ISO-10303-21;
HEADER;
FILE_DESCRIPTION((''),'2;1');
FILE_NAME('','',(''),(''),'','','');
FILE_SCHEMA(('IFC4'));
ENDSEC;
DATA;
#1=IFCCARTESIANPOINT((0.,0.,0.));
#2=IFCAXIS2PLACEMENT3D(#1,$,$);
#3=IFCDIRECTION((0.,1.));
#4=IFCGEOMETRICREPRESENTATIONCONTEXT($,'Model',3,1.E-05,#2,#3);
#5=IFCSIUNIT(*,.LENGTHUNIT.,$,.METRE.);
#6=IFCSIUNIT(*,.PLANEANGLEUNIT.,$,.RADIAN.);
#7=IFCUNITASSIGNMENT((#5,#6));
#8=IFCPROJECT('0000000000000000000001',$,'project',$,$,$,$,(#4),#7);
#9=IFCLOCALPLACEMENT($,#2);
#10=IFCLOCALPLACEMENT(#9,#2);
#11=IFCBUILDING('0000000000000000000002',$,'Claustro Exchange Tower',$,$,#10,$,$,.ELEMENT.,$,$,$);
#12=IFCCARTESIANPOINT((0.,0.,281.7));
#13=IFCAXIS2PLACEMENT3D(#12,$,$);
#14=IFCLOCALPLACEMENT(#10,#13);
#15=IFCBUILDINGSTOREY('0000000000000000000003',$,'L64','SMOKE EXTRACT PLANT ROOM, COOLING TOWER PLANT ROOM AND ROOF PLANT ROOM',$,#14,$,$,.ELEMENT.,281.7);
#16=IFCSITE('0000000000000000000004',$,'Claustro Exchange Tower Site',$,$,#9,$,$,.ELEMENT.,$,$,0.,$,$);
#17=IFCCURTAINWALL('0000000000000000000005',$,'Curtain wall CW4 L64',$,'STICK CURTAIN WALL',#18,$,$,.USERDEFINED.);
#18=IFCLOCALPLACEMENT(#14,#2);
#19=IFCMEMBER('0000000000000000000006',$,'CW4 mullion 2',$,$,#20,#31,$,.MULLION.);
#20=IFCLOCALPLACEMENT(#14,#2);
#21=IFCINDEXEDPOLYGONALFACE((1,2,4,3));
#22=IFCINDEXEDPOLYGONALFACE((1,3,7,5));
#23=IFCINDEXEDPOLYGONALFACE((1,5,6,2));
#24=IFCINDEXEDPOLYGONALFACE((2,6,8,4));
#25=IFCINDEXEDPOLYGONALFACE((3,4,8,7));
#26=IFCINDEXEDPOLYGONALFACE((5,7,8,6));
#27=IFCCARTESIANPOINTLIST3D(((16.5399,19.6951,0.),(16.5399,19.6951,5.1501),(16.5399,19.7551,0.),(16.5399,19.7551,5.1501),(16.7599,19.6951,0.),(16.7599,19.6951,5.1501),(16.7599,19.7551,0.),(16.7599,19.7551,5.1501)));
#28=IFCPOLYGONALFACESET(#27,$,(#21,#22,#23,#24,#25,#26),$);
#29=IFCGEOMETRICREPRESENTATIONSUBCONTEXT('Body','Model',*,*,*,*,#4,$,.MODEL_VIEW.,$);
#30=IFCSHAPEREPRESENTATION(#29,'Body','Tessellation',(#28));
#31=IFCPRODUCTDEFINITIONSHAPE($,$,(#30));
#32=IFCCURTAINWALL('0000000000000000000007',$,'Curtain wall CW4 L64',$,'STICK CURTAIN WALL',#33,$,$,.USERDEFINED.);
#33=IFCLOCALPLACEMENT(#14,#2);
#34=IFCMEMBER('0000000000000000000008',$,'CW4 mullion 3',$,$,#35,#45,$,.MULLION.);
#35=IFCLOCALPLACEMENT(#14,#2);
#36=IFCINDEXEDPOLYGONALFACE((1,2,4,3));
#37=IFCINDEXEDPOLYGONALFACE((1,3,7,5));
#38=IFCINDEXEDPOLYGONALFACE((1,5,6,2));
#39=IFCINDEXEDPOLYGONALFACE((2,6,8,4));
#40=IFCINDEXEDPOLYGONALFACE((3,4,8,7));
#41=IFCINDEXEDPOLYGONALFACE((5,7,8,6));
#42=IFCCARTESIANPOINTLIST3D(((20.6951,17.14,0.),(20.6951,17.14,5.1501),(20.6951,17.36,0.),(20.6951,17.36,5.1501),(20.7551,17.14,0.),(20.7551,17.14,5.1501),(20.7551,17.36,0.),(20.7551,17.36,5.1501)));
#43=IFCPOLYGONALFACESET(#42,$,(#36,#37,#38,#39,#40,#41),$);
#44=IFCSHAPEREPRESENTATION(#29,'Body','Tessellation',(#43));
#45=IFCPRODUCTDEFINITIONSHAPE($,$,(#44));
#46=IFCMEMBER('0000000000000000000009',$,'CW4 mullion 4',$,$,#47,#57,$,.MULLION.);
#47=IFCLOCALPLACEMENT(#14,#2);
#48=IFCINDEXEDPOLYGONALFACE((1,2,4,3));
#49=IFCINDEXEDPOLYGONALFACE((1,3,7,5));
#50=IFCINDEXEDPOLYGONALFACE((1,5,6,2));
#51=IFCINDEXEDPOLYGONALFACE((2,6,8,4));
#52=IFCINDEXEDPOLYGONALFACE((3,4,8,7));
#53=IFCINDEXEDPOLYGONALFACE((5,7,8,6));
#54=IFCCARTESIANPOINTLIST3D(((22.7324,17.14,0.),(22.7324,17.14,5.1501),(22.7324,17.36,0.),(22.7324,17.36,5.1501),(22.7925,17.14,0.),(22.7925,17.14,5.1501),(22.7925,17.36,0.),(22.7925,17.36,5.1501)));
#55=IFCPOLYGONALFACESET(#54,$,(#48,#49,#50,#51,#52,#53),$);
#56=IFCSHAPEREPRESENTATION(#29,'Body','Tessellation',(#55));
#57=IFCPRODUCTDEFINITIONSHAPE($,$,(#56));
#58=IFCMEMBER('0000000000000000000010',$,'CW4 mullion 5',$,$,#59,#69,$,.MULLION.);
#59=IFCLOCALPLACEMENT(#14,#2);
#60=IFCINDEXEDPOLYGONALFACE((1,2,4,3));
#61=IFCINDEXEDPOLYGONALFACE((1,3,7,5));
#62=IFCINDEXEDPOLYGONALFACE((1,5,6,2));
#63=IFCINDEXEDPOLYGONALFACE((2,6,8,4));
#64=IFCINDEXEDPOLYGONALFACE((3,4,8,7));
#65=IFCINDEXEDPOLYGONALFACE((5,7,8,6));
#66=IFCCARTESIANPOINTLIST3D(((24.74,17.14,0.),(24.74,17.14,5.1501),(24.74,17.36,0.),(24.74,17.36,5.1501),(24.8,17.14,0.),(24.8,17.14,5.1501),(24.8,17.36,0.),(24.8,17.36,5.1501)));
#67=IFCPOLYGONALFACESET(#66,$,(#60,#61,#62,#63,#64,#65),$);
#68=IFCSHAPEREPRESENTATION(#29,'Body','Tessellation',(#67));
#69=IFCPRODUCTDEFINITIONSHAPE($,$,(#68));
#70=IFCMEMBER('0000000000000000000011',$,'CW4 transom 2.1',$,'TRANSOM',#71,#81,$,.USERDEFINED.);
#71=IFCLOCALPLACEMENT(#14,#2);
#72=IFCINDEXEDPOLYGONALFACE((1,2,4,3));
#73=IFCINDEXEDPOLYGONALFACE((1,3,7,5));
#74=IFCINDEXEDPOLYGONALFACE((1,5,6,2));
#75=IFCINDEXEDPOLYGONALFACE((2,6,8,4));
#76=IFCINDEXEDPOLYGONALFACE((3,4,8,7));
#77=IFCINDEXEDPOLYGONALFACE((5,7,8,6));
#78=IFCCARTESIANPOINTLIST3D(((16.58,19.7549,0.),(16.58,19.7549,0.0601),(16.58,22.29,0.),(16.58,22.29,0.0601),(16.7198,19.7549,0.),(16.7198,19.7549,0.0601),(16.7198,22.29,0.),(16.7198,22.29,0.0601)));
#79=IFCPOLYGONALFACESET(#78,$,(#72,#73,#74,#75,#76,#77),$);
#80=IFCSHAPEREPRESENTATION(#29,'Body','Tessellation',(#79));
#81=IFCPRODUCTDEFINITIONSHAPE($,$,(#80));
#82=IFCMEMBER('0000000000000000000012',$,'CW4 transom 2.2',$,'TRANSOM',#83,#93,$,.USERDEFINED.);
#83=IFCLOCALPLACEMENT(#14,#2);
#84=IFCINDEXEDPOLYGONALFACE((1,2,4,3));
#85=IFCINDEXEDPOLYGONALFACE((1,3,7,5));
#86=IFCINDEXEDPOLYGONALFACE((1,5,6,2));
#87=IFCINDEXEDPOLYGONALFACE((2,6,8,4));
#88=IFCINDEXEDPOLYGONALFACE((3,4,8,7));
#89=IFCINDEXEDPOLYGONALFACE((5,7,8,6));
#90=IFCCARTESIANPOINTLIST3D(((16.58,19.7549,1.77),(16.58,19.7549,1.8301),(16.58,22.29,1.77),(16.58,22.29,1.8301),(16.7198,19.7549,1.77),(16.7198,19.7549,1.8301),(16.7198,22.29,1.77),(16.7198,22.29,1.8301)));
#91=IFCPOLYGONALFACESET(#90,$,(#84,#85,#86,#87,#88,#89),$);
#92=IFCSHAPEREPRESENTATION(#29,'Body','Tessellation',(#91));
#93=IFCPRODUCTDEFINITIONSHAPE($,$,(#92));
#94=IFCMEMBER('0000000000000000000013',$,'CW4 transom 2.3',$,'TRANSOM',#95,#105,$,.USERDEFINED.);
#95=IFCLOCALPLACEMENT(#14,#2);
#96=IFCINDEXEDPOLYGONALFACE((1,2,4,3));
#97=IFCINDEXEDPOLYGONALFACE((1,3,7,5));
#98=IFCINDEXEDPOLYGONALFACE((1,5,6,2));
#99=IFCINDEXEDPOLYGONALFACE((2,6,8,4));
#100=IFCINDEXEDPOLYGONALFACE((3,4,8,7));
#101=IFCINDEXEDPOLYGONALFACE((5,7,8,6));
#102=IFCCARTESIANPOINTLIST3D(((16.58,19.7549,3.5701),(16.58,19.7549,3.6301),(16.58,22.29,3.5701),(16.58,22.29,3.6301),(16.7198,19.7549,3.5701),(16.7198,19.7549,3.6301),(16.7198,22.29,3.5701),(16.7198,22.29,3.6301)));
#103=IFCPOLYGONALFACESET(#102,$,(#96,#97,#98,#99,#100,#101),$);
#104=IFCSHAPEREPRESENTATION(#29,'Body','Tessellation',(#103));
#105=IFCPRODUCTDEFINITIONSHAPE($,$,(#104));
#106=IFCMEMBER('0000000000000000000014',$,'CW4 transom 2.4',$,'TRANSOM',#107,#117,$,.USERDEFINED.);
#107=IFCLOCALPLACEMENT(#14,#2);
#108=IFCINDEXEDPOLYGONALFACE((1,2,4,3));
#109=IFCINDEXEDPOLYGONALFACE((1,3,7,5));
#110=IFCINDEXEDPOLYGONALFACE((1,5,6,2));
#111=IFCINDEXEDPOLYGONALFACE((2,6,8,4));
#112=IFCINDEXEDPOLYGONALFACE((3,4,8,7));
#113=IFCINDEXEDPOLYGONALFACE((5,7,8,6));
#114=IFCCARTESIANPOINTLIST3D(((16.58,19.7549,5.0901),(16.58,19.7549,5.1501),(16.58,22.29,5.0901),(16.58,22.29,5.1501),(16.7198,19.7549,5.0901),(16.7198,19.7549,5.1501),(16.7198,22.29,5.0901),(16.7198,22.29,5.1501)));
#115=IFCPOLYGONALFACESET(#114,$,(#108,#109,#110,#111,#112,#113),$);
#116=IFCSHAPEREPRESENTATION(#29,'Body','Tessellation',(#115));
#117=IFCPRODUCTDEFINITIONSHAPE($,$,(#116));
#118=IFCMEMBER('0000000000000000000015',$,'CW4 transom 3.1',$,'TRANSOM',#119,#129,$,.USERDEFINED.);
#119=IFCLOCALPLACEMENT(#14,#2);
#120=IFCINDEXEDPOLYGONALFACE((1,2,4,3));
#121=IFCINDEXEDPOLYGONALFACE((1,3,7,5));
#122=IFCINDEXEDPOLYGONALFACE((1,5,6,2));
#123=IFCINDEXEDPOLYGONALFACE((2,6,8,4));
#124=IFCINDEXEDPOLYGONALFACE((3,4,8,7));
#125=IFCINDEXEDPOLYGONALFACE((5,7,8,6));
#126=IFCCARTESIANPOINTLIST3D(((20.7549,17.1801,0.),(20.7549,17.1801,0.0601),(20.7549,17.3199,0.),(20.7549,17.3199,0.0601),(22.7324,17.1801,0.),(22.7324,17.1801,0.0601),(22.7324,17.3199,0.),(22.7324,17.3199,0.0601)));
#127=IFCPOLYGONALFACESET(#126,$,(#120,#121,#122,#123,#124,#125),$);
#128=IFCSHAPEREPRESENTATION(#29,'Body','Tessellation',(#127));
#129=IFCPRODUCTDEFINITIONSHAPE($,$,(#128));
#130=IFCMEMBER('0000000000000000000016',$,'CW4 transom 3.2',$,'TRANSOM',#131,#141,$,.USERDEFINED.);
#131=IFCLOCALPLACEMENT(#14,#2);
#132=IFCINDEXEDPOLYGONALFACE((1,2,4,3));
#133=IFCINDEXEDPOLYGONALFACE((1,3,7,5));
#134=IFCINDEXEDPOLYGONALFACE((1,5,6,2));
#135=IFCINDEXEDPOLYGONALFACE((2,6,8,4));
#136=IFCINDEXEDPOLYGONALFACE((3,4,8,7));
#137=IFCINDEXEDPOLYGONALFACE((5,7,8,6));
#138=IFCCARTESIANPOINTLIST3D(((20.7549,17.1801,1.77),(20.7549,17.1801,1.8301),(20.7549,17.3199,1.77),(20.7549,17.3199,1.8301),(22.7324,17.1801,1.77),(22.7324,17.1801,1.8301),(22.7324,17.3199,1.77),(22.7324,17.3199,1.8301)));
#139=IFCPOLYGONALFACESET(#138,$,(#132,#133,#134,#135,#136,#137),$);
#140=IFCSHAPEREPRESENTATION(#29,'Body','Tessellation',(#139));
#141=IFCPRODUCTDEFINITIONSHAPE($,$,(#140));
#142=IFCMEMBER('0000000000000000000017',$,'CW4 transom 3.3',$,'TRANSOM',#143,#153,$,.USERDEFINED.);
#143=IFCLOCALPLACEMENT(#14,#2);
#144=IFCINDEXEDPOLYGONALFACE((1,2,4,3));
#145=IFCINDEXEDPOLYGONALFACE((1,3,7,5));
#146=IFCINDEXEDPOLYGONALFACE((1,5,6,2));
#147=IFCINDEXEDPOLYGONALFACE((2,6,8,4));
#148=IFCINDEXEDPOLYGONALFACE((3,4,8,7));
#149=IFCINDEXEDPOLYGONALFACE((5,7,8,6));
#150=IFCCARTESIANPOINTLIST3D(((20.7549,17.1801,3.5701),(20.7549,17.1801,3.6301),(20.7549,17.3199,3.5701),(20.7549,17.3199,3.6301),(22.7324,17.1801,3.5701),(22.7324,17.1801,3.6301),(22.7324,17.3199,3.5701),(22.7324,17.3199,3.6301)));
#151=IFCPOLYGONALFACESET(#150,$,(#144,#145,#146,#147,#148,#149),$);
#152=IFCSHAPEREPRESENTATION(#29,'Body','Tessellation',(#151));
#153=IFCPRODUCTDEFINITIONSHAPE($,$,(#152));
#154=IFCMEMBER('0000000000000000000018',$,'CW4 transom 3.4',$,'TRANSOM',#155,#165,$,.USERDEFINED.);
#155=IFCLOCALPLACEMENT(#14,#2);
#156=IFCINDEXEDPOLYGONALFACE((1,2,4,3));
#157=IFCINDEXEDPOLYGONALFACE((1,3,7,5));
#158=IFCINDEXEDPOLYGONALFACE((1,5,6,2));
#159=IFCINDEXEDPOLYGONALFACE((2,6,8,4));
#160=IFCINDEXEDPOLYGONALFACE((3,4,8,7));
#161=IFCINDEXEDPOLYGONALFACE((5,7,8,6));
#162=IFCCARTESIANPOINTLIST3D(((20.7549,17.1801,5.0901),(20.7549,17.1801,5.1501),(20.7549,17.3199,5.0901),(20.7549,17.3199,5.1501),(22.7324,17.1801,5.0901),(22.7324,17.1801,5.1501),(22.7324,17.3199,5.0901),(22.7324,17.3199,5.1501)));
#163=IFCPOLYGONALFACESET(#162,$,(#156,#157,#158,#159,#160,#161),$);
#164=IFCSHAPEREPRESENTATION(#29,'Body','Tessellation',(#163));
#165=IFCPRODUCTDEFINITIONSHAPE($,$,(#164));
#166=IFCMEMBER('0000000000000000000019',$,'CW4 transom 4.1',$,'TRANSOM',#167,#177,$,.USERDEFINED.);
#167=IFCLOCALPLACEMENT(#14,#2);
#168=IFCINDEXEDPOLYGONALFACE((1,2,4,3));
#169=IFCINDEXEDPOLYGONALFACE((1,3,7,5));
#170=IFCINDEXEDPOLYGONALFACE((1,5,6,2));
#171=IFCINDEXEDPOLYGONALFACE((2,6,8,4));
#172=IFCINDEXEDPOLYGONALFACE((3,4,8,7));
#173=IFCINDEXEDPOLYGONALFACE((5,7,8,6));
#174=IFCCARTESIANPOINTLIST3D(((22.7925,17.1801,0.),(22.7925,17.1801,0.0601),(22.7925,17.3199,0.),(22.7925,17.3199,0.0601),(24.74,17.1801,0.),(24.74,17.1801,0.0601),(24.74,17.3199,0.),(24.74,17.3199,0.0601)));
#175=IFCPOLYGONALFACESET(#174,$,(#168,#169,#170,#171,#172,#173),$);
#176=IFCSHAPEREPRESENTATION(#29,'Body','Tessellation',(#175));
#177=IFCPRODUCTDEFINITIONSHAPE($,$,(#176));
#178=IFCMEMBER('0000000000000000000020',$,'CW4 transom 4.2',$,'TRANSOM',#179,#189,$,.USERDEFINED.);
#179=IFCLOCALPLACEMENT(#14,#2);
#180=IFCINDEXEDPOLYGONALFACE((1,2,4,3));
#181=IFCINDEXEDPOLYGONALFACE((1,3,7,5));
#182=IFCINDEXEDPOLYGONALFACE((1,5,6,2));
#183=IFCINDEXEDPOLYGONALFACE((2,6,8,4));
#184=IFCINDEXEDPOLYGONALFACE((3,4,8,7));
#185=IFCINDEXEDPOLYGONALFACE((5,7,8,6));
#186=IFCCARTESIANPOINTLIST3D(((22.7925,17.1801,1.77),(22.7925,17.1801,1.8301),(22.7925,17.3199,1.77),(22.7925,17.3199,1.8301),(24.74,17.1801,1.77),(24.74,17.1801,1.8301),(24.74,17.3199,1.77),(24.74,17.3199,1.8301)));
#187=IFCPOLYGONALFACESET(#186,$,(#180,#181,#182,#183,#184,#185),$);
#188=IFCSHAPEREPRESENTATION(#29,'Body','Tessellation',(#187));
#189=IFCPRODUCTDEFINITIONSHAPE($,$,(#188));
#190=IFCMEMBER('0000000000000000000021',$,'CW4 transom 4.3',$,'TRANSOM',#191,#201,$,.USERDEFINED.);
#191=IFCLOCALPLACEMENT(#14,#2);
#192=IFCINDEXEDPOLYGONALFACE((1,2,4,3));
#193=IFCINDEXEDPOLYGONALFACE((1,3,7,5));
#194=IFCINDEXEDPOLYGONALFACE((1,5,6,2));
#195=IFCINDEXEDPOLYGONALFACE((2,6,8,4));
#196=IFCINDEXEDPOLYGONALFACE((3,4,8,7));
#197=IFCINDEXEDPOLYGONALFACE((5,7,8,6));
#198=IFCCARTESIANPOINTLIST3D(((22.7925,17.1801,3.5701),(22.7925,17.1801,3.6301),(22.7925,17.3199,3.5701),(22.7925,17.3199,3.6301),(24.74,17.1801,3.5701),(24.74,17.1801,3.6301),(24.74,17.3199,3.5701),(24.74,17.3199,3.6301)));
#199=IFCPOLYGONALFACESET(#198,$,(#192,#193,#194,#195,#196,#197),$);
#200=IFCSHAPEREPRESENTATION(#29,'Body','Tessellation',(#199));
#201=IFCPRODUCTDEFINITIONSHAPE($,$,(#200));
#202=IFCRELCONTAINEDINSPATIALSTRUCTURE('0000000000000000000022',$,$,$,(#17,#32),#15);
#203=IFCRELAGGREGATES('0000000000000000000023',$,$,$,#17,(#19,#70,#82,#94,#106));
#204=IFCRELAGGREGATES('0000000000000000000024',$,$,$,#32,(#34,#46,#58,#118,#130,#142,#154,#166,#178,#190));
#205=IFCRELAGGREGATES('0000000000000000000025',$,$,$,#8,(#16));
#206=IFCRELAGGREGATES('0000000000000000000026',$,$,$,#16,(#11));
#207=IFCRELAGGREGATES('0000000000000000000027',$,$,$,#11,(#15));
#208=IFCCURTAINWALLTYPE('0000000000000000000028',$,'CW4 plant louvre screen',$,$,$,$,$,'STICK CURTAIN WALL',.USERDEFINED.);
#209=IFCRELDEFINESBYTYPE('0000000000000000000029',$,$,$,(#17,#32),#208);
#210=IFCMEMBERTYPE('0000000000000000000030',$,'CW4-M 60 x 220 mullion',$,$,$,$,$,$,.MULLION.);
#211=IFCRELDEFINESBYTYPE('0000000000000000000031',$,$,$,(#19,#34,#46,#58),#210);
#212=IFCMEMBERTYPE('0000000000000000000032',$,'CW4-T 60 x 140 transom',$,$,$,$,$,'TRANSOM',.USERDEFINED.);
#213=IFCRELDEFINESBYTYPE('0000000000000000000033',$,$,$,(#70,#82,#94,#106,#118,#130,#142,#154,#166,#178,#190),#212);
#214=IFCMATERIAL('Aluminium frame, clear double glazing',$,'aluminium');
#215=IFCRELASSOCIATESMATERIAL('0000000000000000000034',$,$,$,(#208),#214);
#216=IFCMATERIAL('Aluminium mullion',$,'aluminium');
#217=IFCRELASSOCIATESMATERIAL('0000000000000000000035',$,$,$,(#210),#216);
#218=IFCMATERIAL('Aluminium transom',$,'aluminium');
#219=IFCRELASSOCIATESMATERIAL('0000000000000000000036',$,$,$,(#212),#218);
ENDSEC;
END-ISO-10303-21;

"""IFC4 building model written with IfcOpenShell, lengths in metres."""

from ifc_helpers import new_model, si_unit, direction, frame, origin, origin_2d, place, context, subcontext, project, spatial, rectangle, extrude, material, material_profile, profile_set, type_object, element, aggregate, save


model = new_model("IFC4")

# Units and contexts
model_context = context("Model", 3, precision=1e-05, world=origin(), true_north=direction((0.0, 1.0)))
body_context = subcontext(model_context, "Body", "Model", "MODEL_VIEW")
ifc_project = project(units=[si_unit("LENGTHUNIT", "METRE"), si_unit("PLANEANGLEUNIT", "RADIAN")], contexts=[model_context])

# Site, building, storey
site_placement = place(None, origin())
site = spatial("IfcSite", under=ifc_project, at=site_placement, Name="Claustro Exchange Tower Site", CompositionType="ELEMENT", RefElevation=0.0)
building_placement = place(site_placement, origin())
building = spatial("IfcBuilding", under=site, at=building_placement, Name="Claustro Exchange Tower", CompositionType="ELEMENT")
storey_placement = place(building_placement, frame((0.0, 0.0, 281.7)))
storey = spatial("IfcBuildingStorey", under=building, at=storey_placement, Name="L64", Description="SMOKE EXTRACT PLANT ROOM, COOLING TOWER PLANT ROOM AND ROOF PLANT ROOM", CompositionType="ELEMENT", Elevation=281.7)

# Curtain wall, member
ifc_material_1 = material(Name="Aluminium frame, clear double glazing", Category="aluminium")
curtain_wall_type = type_object("IfcCurtainWallType", Name="CW4 plant louvre screen", ElementType="STICK CURTAIN WALL", PredefinedType="USERDEFINED", material=ifc_material_1)
curtain_wall_1_placement = place(storey_placement, origin())
curtain_wall_1 = element("IfcCurtainWall", 1, at=curtain_wall_1_placement, inside=storey, type_object=curtain_wall_type, Name="Curtain wall CW4 L64", ObjectType="STICK CURTAIN WALL", PredefinedType="USERDEFINED")
ifc_material_2 = material(Name="Aluminium mullion", Category="aluminium")
ifc_material_profile_1 = material_profile(ifc_material_2, rectangle(XDim=0.22, YDim=0.0601, at=origin_2d()), Name="CW4-M 60x220")
ifc_profile_set_1 = profile_set([ifc_material_profile_1], Name="Aluminium mullion")
member_type_1 = type_object("IfcMemberType", Name="CW4-M 60 x 220 mullion", PredefinedType="MULLION", material=ifc_profile_set_1)
member_1_placement = place(storey_placement, frame((16.6499, 19.7251, 0.0), z_axis=(0.0, 0.0, 1.0), x_axis=(-1.0, 0.0, 0.0)))
member_1 = element("IfcMember", 2, at=member_1_placement, type_object=member_type_1, Name="CW4 mullion 2", PredefinedType="MULLION", context=body_context, shape_type="SweptSolid", body=[
    extrude(rectangle(XDim=0.22, YDim=0.0601, at=origin_2d()), origin(), (0.0, 0.0, 1.0), 5.1501),
])

# Curtain wall, members
curtain_wall_2_placement = place(storey_placement, origin())
curtain_wall_2 = element("IfcCurtainWall", 3, at=curtain_wall_2_placement, inside=storey, type_object=curtain_wall_type, Name="Curtain wall CW4 L64", ObjectType="STICK CURTAIN WALL", PredefinedType="USERDEFINED")
member_2_placement = place(storey_placement, frame((20.7251, 17.25, 0.0), z_axis=(0.0, 0.0, 1.0), x_axis=(0.0, 1.0, 0.0)))
member_2 = element("IfcMember", 4, at=member_2_placement, type_object=member_type_1, Name="CW4 mullion 3", PredefinedType="MULLION", context=body_context, shape_type="SweptSolid", body=[
    extrude(rectangle(XDim=0.22, YDim=0.0601, at=origin_2d()), origin(), (0.0, 0.0, 1.0), 5.1501),
])
member_3_placement = place(storey_placement, frame((22.7625, 17.25, 0.0), z_axis=(0.0, 0.0, 1.0), x_axis=(0.0, 1.0, 0.0)))
member_3 = element("IfcMember", 5, at=member_3_placement, type_object=member_type_1, Name="CW4 mullion 4", PredefinedType="MULLION", context=body_context, shape_type="SweptSolid", body=[
    extrude(rectangle(XDim=0.22, YDim=0.0601, at=origin_2d()), origin(), (0.0, 0.0, 1.0), 5.1501),
])
member_4_placement = place(storey_placement, frame((24.77, 17.25, 0.0), z_axis=(0.0, 0.0, 1.0), x_axis=(0.0, 1.0, 0.0)))
member_4 = element("IfcMember", 6, at=member_4_placement, type_object=member_type_1, Name="CW4 mullion 5", PredefinedType="MULLION", context=body_context, shape_type="SweptSolid", body=[
    extrude(rectangle(XDim=0.22, YDim=0.0601, at=origin_2d()), origin(), (0.0, 0.0, 1.0), 5.1501),
])

# Members
ifc_material_3 = material(Name="Aluminium transom", Category="aluminium")
ifc_material_profile_2 = material_profile(ifc_material_3, rectangle(XDim=0.1399, YDim=0.0601, at=origin_2d()), Name="CW4-T 60x140")
ifc_profile_set_2 = profile_set([ifc_material_profile_2], Name="Aluminium transom")
member_type_2 = type_object("IfcMemberType", Name="CW4-T 60 x 140 transom", ElementType="TRANSOM", PredefinedType="USERDEFINED", material=ifc_profile_set_2)
member_5_placement = place(storey_placement, frame((16.6499, 19.7549, 0.03), z_axis=(0.0, 1.0, 0.0), x_axis=(-1.0, 0.0, 0.0)))
member_5 = element("IfcMember", 7, at=member_5_placement, type_object=member_type_2, Name="CW4 transom 2.1", ObjectType="TRANSOM", PredefinedType="USERDEFINED", context=body_context, shape_type="SweptSolid", body=[
    extrude(rectangle(XDim=0.1399, YDim=0.0601, at=origin_2d()), origin(), (0.0, 0.0, 1.0), 2.5352),
])
member_6_placement = place(storey_placement, frame((16.6499, 19.7549, 1.8), z_axis=(0.0, 1.0, 0.0), x_axis=(-1.0, 0.0, 0.0)))
member_6 = element("IfcMember", 8, at=member_6_placement, type_object=member_type_2, Name="CW4 transom 2.2", ObjectType="TRANSOM", PredefinedType="USERDEFINED", context=body_context, shape_type="SweptSolid", body=[
    extrude(rectangle(XDim=0.1399, YDim=0.0601, at=origin_2d()), origin(), (0.0, 0.0, 1.0), 2.5352),
])
member_7_placement = place(storey_placement, frame((16.6499, 19.7549, 3.6001), z_axis=(0.0, 1.0, 0.0), x_axis=(-1.0, 0.0, 0.0)))
member_7 = element("IfcMember", 9, at=member_7_placement, type_object=member_type_2, Name="CW4 transom 2.3", ObjectType="TRANSOM", PredefinedType="USERDEFINED", context=body_context, shape_type="SweptSolid", body=[
    extrude(rectangle(XDim=0.1399, YDim=0.0601, at=origin_2d()), origin(), (0.0, 0.0, 1.0), 2.5352),
])
member_8_placement = place(storey_placement, frame((16.6499, 19.7549, 5.1201), z_axis=(0.0, 1.0, 0.0), x_axis=(-1.0, 0.0, 0.0)))
member_8 = element("IfcMember", 10, at=member_8_placement, type_object=member_type_2, Name="CW4 transom 2.4", ObjectType="TRANSOM", PredefinedType="USERDEFINED", context=body_context, shape_type="SweptSolid", body=[
    extrude(rectangle(XDim=0.1399, YDim=0.0601, at=origin_2d()), origin(), (0.0, 0.0, 1.0), 2.5352),
])
member_9_placement = place(storey_placement, frame((20.7549, 17.25, 0.03), z_axis=(1.0, 0.0, 0.0), x_axis=(0.0, 1.0, 0.0)))
member_9 = element("IfcMember", 11, at=member_9_placement, type_object=member_type_2, Name="CW4 transom 3.1", ObjectType="TRANSOM", PredefinedType="USERDEFINED", context=body_context, shape_type="SweptSolid", body=[
    extrude(rectangle(XDim=0.1399, YDim=0.0601, at=origin_2d()), origin(), (0.0, 0.0, 1.0), 1.9775),
])
member_10_placement = place(storey_placement, frame((20.7549, 17.25, 1.8), z_axis=(1.0, 0.0, 0.0), x_axis=(0.0, 1.0, 0.0)))
member_10 = element("IfcMember", 12, at=member_10_placement, type_object=member_type_2, Name="CW4 transom 3.2", ObjectType="TRANSOM", PredefinedType="USERDEFINED", context=body_context, shape_type="SweptSolid", body=[
    extrude(rectangle(XDim=0.1399, YDim=0.0601, at=origin_2d()), origin(), (0.0, 0.0, 1.0), 1.9775),
])
member_11_placement = place(storey_placement, frame((20.7549, 17.25, 3.6001), z_axis=(1.0, 0.0, 0.0), x_axis=(0.0, 1.0, 0.0)))
member_11 = element("IfcMember", 13, at=member_11_placement, type_object=member_type_2, Name="CW4 transom 3.3", ObjectType="TRANSOM", PredefinedType="USERDEFINED", context=body_context, shape_type="SweptSolid", body=[
    extrude(rectangle(XDim=0.1399, YDim=0.0601, at=origin_2d()), origin(), (0.0, 0.0, 1.0), 1.9775),
])
member_12_placement = place(storey_placement, frame((20.7549, 17.25, 5.1201), z_axis=(1.0, 0.0, 0.0), x_axis=(0.0, 1.0, 0.0)))
member_12 = element("IfcMember", 14, at=member_12_placement, type_object=member_type_2, Name="CW4 transom 3.4", ObjectType="TRANSOM", PredefinedType="USERDEFINED", context=body_context, shape_type="SweptSolid", body=[
    extrude(rectangle(XDim=0.1399, YDim=0.0601, at=origin_2d()), origin(), (0.0, 0.0, 1.0), 1.9775),
])
member_13_placement = place(storey_placement, frame((22.7925, 17.25, 0.03), z_axis=(1.0, 0.0, 0.0), x_axis=(0.0, 1.0, 0.0)))
member_13 = element("IfcMember", 15, at=member_13_placement, type_object=member_type_2, Name="CW4 transom 4.1", ObjectType="TRANSOM", PredefinedType="USERDEFINED", context=body_context, shape_type="SweptSolid", body=[
    extrude(rectangle(XDim=0.1399, YDim=0.0601, at=origin_2d()), origin(), (0.0, 0.0, 1.0), 1.9475),
])
member_14_placement = place(storey_placement, frame((22.7925, 17.25, 1.8), z_axis=(1.0, 0.0, 0.0), x_axis=(0.0, 1.0, 0.0)))
member_14 = element("IfcMember", 16, at=member_14_placement, type_object=member_type_2, Name="CW4 transom 4.2", ObjectType="TRANSOM", PredefinedType="USERDEFINED", context=body_context, shape_type="SweptSolid", body=[
    extrude(rectangle(XDim=0.1399, YDim=0.0601, at=origin_2d()), origin(), (0.0, 0.0, 1.0), 1.9475),
])
member_15_placement = place(storey_placement, frame((22.7925, 17.25, 3.6001), z_axis=(1.0, 0.0, 0.0), x_axis=(0.0, 1.0, 0.0)))
member_15 = element("IfcMember", 17, at=member_15_placement, type_object=member_type_2, Name="CW4 transom 4.3", ObjectType="TRANSOM", PredefinedType="USERDEFINED", context=body_context, shape_type="SweptSolid", body=[
    extrude(rectangle(XDim=0.1399, YDim=0.0601, at=origin_2d()), origin(), (0.0, 0.0, 1.0), 1.9475),
])

aggregate(curtain_wall_1, [member_1, member_5, member_6, member_7, member_8])
aggregate(curtain_wall_2, [member_2, member_3, member_4, member_9, member_10, member_11, member_12, member_13, member_14, member_15])

save(model, "model.ifc")
